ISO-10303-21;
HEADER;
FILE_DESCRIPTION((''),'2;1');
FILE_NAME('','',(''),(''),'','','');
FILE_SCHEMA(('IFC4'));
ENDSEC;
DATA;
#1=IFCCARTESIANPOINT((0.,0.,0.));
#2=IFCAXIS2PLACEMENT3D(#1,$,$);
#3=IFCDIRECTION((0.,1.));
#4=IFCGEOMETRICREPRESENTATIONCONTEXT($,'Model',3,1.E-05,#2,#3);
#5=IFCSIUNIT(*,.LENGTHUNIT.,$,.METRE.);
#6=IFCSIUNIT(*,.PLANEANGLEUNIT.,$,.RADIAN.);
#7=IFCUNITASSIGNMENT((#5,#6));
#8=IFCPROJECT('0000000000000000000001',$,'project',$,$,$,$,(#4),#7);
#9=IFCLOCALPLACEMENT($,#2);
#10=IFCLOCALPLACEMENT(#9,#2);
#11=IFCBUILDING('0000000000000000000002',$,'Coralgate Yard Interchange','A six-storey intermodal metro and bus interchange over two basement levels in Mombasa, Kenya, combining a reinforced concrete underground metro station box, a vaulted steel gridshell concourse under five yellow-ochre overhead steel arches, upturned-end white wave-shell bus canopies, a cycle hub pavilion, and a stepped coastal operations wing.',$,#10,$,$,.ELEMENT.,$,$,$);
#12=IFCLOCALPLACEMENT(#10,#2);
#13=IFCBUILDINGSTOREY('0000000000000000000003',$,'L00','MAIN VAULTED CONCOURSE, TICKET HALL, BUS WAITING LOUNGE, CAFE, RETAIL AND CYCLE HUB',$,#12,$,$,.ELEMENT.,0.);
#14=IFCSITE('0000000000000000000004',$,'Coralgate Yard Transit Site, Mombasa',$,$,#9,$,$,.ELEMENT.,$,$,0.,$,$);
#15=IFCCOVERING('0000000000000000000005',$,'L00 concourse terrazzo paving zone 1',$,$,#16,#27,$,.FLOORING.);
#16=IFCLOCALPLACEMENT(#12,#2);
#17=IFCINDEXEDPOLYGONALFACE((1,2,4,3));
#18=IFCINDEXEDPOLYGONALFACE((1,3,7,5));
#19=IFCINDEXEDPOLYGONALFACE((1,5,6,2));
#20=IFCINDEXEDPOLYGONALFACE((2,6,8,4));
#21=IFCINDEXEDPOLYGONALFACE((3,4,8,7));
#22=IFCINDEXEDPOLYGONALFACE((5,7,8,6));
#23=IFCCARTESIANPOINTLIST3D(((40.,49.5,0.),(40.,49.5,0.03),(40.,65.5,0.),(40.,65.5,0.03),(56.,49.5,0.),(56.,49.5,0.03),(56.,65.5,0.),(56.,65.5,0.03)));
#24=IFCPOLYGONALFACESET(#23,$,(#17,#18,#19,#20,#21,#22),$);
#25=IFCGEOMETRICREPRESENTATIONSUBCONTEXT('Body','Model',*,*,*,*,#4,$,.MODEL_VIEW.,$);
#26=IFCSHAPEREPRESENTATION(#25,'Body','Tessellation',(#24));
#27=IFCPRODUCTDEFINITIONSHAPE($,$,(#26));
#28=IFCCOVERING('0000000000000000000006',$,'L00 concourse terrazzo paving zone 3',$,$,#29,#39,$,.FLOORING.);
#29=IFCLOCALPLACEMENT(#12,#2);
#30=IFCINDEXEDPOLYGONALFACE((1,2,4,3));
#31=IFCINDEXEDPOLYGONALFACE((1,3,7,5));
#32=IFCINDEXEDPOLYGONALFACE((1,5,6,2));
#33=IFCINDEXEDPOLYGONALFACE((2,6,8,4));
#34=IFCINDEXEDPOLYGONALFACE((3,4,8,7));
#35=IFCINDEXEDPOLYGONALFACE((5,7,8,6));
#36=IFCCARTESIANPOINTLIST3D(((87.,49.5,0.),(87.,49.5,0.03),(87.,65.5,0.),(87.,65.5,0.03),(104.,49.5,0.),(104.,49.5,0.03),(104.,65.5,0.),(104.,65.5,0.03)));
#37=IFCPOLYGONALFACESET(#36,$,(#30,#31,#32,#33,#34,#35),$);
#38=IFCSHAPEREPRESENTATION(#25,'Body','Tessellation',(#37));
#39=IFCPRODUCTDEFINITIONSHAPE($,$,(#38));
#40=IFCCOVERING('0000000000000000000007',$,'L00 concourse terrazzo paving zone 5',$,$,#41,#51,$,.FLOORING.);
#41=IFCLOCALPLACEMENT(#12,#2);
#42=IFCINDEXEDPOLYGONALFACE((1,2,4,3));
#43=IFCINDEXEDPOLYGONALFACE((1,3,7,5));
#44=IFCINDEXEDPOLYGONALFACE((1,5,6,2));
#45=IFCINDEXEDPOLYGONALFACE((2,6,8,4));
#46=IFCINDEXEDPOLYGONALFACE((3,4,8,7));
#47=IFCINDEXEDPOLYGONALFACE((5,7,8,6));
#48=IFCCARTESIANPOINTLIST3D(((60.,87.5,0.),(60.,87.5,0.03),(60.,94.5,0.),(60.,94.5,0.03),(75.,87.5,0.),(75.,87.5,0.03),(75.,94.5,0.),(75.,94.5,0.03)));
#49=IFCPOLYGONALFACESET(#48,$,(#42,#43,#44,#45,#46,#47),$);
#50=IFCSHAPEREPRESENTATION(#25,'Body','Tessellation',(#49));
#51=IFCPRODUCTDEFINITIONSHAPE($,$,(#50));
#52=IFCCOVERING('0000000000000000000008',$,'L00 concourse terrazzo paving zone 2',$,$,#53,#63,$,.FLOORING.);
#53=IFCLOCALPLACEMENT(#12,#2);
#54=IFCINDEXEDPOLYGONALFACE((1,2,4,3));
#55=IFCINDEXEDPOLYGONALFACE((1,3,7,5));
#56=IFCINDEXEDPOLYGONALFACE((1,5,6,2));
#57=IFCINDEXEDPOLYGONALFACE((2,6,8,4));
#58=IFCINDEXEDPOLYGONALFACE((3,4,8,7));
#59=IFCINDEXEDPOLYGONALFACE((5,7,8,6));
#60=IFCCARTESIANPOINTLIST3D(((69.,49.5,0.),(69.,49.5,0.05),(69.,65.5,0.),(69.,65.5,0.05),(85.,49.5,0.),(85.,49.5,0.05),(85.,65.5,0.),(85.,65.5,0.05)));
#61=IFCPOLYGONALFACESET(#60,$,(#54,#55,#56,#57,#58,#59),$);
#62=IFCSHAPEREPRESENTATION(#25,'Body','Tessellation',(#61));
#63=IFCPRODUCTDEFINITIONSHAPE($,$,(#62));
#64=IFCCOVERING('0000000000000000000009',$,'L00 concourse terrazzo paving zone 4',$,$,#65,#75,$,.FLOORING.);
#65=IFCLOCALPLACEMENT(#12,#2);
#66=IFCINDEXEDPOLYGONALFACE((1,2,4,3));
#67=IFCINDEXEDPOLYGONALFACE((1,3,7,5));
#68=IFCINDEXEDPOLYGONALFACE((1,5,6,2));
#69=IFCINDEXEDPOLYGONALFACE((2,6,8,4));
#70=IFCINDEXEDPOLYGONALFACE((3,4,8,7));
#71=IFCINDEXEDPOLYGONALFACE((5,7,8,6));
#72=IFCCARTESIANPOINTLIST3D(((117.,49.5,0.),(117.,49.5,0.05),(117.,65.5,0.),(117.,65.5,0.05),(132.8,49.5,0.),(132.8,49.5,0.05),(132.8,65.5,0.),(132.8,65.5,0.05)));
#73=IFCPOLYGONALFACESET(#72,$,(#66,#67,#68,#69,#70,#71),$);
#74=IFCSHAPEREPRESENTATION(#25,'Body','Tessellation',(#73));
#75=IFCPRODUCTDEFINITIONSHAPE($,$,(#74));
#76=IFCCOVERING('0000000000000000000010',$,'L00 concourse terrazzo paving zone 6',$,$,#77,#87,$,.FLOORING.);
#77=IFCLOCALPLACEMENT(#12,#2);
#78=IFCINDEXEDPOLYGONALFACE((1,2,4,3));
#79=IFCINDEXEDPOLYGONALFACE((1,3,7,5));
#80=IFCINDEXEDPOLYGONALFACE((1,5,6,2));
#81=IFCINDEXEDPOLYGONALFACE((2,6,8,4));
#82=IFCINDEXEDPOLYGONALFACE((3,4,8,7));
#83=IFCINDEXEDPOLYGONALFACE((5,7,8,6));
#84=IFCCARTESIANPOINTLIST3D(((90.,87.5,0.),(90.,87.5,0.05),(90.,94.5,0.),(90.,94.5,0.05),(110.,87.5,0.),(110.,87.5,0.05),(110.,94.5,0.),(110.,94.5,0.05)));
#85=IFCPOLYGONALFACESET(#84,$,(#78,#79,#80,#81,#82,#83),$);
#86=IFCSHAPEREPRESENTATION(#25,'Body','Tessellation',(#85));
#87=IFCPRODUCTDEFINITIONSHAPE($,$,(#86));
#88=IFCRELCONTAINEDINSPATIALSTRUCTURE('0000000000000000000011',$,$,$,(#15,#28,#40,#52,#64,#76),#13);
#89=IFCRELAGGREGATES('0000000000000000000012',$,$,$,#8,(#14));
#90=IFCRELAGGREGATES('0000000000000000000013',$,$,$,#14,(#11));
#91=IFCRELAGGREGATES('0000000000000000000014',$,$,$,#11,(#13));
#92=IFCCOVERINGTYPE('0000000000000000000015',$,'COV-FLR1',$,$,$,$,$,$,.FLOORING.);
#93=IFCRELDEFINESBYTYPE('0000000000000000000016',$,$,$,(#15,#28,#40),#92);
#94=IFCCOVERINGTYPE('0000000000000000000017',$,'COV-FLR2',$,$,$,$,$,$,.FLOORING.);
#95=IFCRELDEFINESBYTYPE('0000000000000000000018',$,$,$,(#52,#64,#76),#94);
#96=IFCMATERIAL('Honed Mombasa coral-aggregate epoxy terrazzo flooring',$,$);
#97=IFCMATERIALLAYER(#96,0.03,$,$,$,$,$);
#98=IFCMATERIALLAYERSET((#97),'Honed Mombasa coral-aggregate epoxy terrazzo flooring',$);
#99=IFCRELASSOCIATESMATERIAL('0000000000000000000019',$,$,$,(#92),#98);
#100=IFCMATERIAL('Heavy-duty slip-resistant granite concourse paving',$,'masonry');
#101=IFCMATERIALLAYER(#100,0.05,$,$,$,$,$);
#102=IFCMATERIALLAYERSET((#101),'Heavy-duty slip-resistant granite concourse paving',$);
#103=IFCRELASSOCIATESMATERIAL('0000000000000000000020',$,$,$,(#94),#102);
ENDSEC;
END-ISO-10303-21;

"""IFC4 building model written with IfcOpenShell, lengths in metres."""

from ifc_helpers import new_model, si_unit, direction, origin, place, context, subcontext, project, spatial, polyline, outline, extrude, material, layer, layer_set, type_object, element, save


model = new_model("IFC4")

# Units and contexts
model_context = context("Model", 3, precision=1e-05, world=origin(), true_north=direction((0.0, 1.0)))
body_context = subcontext(model_context, "Body", "Model", "MODEL_VIEW")
ifc_project = project(units=[si_unit("LENGTHUNIT", "METRE"), si_unit("PLANEANGLEUNIT", "RADIAN")], contexts=[model_context])

# Site, building, storey
site_placement = place(None, origin())
site = spatial("IfcSite", under=ifc_project, at=site_placement, Name="Coralgate Yard Transit Site, Mombasa", CompositionType="ELEMENT", RefElevation=0.0)
building_placement = place(site_placement, origin())
building = spatial("IfcBuilding", under=site, at=building_placement, Name="Coralgate Yard Interchange", Description="A six-storey intermodal metro and bus interchange over two basement levels in Mombasa, Kenya, combining a reinforced concrete underground metro station box, a vaulted steel gridshell concourse under five yellow-ochre overhead steel arches, upturned-end white wave-shell bus canopies, a cycle hub pavilion, and a stepped coastal operations wing.", CompositionType="ELEMENT")
storey_placement = place(building_placement, origin())
storey = spatial("IfcBuildingStorey", under=building, at=storey_placement, Name="L00", Description="MAIN VAULTED CONCOURSE, TICKET HALL, BUS WAITING LOUNGE, CAFE, RETAIL AND CYCLE HUB", CompositionType="ELEMENT", Elevation=0.0)

# Coverings
ifc_material_1 = material(Name="Honed Mombasa coral-aggregate epoxy terrazzo flooring")
ifc_layer_1 = layer(ifc_material_1, 0.03)
ifc_layer_set_1 = layer_set([ifc_layer_1], Name="Honed Mombasa coral-aggregate epoxy terrazzo flooring")
covering_type_1 = type_object("IfcCoveringType", Name="COV-FLR1", PredefinedType="FLOORING", material=ifc_layer_set_1)
covering_1_placement = place(storey_placement, origin())
element("IfcCovering", 1, at=covering_1_placement, inside=storey, type_object=covering_type_1, Name="L00 concourse terrazzo paving zone 1", PredefinedType="FLOORING", context=body_context, shape_type="SweptSolid", body=[
    extrude(outline(polyline([(40.0, 49.5), (56.0, 49.5), (56.0, 65.5), (40.0, 65.5), (40.0, 49.5)])), origin(), (0.0, 0.0, 1.0), 0.03),
])
covering_2_placement = place(storey_placement, origin())
element("IfcCovering", 2, at=covering_2_placement, inside=storey, type_object=covering_type_1, Name="L00 concourse terrazzo paving zone 3", PredefinedType="FLOORING", context=body_context, shape_type="SweptSolid", body=[
    extrude(outline(polyline([(87.0, 49.5), (104.0, 49.5), (104.0, 65.5), (87.0, 65.5), (87.0, 49.5)])), origin(), (0.0, 0.0, 1.0), 0.03),
])
covering_3_placement = place(storey_placement, origin())
element("IfcCovering", 3, at=covering_3_placement, inside=storey, type_object=covering_type_1, Name="L00 concourse terrazzo paving zone 5", PredefinedType="FLOORING", context=body_context, shape_type="SweptSolid", body=[
    extrude(outline(polyline([(60.0, 87.5), (75.0, 87.5), (75.0, 94.5), (60.0, 94.5), (60.0, 87.5)])), origin(), (0.0, 0.0, 1.0), 0.03),
])
ifc_material_2 = material(Name="Heavy-duty slip-resistant granite concourse paving", Category="masonry")
ifc_layer_2 = layer(ifc_material_2, 0.05)
ifc_layer_set_2 = layer_set([ifc_layer_2], Name="Heavy-duty slip-resistant granite concourse paving")
covering_type_2 = type_object("IfcCoveringType", Name="COV-FLR2", PredefinedType="FLOORING", material=ifc_layer_set_2)
covering_4_placement = place(storey_placement, origin())
element("IfcCovering", 4, at=covering_4_placement, inside=storey, type_object=covering_type_2, Name="L00 concourse terrazzo paving zone 2", PredefinedType="FLOORING", context=body_context, shape_type="SweptSolid", body=[
    extrude(outline(polyline([(69.0, 49.5), (85.0, 49.5), (85.0, 65.5), (69.0, 65.5), (69.0, 49.5)])), origin(), (0.0, 0.0, 1.0), 0.05),
])
covering_5_placement = place(storey_placement, origin())
element("IfcCovering", 5, at=covering_5_placement, inside=storey, type_object=covering_type_2, Name="L00 concourse terrazzo paving zone 4", PredefinedType="FLOORING", context=body_context, shape_type="SweptSolid", body=[
    extrude(outline(polyline([(117.0, 49.5), (132.8, 49.5), (132.8, 65.5), (117.0, 65.5), (117.0, 49.5)])), origin(), (0.0, 0.0, 1.0), 0.05),
])
covering_6_placement = place(storey_placement, origin())
element("IfcCovering", 6, at=covering_6_placement, inside=storey, type_object=covering_type_2, Name="L00 concourse terrazzo paving zone 6", PredefinedType="FLOORING", context=body_context, shape_type="SweptSolid", body=[
    extrude(outline(polyline([(90.0, 87.5), (110.0, 87.5), (110.0, 94.5), (90.0, 94.5), (90.0, 87.5)])), origin(), (0.0, 0.0, 1.0), 0.05),
])

save(model, "model.ifc")
